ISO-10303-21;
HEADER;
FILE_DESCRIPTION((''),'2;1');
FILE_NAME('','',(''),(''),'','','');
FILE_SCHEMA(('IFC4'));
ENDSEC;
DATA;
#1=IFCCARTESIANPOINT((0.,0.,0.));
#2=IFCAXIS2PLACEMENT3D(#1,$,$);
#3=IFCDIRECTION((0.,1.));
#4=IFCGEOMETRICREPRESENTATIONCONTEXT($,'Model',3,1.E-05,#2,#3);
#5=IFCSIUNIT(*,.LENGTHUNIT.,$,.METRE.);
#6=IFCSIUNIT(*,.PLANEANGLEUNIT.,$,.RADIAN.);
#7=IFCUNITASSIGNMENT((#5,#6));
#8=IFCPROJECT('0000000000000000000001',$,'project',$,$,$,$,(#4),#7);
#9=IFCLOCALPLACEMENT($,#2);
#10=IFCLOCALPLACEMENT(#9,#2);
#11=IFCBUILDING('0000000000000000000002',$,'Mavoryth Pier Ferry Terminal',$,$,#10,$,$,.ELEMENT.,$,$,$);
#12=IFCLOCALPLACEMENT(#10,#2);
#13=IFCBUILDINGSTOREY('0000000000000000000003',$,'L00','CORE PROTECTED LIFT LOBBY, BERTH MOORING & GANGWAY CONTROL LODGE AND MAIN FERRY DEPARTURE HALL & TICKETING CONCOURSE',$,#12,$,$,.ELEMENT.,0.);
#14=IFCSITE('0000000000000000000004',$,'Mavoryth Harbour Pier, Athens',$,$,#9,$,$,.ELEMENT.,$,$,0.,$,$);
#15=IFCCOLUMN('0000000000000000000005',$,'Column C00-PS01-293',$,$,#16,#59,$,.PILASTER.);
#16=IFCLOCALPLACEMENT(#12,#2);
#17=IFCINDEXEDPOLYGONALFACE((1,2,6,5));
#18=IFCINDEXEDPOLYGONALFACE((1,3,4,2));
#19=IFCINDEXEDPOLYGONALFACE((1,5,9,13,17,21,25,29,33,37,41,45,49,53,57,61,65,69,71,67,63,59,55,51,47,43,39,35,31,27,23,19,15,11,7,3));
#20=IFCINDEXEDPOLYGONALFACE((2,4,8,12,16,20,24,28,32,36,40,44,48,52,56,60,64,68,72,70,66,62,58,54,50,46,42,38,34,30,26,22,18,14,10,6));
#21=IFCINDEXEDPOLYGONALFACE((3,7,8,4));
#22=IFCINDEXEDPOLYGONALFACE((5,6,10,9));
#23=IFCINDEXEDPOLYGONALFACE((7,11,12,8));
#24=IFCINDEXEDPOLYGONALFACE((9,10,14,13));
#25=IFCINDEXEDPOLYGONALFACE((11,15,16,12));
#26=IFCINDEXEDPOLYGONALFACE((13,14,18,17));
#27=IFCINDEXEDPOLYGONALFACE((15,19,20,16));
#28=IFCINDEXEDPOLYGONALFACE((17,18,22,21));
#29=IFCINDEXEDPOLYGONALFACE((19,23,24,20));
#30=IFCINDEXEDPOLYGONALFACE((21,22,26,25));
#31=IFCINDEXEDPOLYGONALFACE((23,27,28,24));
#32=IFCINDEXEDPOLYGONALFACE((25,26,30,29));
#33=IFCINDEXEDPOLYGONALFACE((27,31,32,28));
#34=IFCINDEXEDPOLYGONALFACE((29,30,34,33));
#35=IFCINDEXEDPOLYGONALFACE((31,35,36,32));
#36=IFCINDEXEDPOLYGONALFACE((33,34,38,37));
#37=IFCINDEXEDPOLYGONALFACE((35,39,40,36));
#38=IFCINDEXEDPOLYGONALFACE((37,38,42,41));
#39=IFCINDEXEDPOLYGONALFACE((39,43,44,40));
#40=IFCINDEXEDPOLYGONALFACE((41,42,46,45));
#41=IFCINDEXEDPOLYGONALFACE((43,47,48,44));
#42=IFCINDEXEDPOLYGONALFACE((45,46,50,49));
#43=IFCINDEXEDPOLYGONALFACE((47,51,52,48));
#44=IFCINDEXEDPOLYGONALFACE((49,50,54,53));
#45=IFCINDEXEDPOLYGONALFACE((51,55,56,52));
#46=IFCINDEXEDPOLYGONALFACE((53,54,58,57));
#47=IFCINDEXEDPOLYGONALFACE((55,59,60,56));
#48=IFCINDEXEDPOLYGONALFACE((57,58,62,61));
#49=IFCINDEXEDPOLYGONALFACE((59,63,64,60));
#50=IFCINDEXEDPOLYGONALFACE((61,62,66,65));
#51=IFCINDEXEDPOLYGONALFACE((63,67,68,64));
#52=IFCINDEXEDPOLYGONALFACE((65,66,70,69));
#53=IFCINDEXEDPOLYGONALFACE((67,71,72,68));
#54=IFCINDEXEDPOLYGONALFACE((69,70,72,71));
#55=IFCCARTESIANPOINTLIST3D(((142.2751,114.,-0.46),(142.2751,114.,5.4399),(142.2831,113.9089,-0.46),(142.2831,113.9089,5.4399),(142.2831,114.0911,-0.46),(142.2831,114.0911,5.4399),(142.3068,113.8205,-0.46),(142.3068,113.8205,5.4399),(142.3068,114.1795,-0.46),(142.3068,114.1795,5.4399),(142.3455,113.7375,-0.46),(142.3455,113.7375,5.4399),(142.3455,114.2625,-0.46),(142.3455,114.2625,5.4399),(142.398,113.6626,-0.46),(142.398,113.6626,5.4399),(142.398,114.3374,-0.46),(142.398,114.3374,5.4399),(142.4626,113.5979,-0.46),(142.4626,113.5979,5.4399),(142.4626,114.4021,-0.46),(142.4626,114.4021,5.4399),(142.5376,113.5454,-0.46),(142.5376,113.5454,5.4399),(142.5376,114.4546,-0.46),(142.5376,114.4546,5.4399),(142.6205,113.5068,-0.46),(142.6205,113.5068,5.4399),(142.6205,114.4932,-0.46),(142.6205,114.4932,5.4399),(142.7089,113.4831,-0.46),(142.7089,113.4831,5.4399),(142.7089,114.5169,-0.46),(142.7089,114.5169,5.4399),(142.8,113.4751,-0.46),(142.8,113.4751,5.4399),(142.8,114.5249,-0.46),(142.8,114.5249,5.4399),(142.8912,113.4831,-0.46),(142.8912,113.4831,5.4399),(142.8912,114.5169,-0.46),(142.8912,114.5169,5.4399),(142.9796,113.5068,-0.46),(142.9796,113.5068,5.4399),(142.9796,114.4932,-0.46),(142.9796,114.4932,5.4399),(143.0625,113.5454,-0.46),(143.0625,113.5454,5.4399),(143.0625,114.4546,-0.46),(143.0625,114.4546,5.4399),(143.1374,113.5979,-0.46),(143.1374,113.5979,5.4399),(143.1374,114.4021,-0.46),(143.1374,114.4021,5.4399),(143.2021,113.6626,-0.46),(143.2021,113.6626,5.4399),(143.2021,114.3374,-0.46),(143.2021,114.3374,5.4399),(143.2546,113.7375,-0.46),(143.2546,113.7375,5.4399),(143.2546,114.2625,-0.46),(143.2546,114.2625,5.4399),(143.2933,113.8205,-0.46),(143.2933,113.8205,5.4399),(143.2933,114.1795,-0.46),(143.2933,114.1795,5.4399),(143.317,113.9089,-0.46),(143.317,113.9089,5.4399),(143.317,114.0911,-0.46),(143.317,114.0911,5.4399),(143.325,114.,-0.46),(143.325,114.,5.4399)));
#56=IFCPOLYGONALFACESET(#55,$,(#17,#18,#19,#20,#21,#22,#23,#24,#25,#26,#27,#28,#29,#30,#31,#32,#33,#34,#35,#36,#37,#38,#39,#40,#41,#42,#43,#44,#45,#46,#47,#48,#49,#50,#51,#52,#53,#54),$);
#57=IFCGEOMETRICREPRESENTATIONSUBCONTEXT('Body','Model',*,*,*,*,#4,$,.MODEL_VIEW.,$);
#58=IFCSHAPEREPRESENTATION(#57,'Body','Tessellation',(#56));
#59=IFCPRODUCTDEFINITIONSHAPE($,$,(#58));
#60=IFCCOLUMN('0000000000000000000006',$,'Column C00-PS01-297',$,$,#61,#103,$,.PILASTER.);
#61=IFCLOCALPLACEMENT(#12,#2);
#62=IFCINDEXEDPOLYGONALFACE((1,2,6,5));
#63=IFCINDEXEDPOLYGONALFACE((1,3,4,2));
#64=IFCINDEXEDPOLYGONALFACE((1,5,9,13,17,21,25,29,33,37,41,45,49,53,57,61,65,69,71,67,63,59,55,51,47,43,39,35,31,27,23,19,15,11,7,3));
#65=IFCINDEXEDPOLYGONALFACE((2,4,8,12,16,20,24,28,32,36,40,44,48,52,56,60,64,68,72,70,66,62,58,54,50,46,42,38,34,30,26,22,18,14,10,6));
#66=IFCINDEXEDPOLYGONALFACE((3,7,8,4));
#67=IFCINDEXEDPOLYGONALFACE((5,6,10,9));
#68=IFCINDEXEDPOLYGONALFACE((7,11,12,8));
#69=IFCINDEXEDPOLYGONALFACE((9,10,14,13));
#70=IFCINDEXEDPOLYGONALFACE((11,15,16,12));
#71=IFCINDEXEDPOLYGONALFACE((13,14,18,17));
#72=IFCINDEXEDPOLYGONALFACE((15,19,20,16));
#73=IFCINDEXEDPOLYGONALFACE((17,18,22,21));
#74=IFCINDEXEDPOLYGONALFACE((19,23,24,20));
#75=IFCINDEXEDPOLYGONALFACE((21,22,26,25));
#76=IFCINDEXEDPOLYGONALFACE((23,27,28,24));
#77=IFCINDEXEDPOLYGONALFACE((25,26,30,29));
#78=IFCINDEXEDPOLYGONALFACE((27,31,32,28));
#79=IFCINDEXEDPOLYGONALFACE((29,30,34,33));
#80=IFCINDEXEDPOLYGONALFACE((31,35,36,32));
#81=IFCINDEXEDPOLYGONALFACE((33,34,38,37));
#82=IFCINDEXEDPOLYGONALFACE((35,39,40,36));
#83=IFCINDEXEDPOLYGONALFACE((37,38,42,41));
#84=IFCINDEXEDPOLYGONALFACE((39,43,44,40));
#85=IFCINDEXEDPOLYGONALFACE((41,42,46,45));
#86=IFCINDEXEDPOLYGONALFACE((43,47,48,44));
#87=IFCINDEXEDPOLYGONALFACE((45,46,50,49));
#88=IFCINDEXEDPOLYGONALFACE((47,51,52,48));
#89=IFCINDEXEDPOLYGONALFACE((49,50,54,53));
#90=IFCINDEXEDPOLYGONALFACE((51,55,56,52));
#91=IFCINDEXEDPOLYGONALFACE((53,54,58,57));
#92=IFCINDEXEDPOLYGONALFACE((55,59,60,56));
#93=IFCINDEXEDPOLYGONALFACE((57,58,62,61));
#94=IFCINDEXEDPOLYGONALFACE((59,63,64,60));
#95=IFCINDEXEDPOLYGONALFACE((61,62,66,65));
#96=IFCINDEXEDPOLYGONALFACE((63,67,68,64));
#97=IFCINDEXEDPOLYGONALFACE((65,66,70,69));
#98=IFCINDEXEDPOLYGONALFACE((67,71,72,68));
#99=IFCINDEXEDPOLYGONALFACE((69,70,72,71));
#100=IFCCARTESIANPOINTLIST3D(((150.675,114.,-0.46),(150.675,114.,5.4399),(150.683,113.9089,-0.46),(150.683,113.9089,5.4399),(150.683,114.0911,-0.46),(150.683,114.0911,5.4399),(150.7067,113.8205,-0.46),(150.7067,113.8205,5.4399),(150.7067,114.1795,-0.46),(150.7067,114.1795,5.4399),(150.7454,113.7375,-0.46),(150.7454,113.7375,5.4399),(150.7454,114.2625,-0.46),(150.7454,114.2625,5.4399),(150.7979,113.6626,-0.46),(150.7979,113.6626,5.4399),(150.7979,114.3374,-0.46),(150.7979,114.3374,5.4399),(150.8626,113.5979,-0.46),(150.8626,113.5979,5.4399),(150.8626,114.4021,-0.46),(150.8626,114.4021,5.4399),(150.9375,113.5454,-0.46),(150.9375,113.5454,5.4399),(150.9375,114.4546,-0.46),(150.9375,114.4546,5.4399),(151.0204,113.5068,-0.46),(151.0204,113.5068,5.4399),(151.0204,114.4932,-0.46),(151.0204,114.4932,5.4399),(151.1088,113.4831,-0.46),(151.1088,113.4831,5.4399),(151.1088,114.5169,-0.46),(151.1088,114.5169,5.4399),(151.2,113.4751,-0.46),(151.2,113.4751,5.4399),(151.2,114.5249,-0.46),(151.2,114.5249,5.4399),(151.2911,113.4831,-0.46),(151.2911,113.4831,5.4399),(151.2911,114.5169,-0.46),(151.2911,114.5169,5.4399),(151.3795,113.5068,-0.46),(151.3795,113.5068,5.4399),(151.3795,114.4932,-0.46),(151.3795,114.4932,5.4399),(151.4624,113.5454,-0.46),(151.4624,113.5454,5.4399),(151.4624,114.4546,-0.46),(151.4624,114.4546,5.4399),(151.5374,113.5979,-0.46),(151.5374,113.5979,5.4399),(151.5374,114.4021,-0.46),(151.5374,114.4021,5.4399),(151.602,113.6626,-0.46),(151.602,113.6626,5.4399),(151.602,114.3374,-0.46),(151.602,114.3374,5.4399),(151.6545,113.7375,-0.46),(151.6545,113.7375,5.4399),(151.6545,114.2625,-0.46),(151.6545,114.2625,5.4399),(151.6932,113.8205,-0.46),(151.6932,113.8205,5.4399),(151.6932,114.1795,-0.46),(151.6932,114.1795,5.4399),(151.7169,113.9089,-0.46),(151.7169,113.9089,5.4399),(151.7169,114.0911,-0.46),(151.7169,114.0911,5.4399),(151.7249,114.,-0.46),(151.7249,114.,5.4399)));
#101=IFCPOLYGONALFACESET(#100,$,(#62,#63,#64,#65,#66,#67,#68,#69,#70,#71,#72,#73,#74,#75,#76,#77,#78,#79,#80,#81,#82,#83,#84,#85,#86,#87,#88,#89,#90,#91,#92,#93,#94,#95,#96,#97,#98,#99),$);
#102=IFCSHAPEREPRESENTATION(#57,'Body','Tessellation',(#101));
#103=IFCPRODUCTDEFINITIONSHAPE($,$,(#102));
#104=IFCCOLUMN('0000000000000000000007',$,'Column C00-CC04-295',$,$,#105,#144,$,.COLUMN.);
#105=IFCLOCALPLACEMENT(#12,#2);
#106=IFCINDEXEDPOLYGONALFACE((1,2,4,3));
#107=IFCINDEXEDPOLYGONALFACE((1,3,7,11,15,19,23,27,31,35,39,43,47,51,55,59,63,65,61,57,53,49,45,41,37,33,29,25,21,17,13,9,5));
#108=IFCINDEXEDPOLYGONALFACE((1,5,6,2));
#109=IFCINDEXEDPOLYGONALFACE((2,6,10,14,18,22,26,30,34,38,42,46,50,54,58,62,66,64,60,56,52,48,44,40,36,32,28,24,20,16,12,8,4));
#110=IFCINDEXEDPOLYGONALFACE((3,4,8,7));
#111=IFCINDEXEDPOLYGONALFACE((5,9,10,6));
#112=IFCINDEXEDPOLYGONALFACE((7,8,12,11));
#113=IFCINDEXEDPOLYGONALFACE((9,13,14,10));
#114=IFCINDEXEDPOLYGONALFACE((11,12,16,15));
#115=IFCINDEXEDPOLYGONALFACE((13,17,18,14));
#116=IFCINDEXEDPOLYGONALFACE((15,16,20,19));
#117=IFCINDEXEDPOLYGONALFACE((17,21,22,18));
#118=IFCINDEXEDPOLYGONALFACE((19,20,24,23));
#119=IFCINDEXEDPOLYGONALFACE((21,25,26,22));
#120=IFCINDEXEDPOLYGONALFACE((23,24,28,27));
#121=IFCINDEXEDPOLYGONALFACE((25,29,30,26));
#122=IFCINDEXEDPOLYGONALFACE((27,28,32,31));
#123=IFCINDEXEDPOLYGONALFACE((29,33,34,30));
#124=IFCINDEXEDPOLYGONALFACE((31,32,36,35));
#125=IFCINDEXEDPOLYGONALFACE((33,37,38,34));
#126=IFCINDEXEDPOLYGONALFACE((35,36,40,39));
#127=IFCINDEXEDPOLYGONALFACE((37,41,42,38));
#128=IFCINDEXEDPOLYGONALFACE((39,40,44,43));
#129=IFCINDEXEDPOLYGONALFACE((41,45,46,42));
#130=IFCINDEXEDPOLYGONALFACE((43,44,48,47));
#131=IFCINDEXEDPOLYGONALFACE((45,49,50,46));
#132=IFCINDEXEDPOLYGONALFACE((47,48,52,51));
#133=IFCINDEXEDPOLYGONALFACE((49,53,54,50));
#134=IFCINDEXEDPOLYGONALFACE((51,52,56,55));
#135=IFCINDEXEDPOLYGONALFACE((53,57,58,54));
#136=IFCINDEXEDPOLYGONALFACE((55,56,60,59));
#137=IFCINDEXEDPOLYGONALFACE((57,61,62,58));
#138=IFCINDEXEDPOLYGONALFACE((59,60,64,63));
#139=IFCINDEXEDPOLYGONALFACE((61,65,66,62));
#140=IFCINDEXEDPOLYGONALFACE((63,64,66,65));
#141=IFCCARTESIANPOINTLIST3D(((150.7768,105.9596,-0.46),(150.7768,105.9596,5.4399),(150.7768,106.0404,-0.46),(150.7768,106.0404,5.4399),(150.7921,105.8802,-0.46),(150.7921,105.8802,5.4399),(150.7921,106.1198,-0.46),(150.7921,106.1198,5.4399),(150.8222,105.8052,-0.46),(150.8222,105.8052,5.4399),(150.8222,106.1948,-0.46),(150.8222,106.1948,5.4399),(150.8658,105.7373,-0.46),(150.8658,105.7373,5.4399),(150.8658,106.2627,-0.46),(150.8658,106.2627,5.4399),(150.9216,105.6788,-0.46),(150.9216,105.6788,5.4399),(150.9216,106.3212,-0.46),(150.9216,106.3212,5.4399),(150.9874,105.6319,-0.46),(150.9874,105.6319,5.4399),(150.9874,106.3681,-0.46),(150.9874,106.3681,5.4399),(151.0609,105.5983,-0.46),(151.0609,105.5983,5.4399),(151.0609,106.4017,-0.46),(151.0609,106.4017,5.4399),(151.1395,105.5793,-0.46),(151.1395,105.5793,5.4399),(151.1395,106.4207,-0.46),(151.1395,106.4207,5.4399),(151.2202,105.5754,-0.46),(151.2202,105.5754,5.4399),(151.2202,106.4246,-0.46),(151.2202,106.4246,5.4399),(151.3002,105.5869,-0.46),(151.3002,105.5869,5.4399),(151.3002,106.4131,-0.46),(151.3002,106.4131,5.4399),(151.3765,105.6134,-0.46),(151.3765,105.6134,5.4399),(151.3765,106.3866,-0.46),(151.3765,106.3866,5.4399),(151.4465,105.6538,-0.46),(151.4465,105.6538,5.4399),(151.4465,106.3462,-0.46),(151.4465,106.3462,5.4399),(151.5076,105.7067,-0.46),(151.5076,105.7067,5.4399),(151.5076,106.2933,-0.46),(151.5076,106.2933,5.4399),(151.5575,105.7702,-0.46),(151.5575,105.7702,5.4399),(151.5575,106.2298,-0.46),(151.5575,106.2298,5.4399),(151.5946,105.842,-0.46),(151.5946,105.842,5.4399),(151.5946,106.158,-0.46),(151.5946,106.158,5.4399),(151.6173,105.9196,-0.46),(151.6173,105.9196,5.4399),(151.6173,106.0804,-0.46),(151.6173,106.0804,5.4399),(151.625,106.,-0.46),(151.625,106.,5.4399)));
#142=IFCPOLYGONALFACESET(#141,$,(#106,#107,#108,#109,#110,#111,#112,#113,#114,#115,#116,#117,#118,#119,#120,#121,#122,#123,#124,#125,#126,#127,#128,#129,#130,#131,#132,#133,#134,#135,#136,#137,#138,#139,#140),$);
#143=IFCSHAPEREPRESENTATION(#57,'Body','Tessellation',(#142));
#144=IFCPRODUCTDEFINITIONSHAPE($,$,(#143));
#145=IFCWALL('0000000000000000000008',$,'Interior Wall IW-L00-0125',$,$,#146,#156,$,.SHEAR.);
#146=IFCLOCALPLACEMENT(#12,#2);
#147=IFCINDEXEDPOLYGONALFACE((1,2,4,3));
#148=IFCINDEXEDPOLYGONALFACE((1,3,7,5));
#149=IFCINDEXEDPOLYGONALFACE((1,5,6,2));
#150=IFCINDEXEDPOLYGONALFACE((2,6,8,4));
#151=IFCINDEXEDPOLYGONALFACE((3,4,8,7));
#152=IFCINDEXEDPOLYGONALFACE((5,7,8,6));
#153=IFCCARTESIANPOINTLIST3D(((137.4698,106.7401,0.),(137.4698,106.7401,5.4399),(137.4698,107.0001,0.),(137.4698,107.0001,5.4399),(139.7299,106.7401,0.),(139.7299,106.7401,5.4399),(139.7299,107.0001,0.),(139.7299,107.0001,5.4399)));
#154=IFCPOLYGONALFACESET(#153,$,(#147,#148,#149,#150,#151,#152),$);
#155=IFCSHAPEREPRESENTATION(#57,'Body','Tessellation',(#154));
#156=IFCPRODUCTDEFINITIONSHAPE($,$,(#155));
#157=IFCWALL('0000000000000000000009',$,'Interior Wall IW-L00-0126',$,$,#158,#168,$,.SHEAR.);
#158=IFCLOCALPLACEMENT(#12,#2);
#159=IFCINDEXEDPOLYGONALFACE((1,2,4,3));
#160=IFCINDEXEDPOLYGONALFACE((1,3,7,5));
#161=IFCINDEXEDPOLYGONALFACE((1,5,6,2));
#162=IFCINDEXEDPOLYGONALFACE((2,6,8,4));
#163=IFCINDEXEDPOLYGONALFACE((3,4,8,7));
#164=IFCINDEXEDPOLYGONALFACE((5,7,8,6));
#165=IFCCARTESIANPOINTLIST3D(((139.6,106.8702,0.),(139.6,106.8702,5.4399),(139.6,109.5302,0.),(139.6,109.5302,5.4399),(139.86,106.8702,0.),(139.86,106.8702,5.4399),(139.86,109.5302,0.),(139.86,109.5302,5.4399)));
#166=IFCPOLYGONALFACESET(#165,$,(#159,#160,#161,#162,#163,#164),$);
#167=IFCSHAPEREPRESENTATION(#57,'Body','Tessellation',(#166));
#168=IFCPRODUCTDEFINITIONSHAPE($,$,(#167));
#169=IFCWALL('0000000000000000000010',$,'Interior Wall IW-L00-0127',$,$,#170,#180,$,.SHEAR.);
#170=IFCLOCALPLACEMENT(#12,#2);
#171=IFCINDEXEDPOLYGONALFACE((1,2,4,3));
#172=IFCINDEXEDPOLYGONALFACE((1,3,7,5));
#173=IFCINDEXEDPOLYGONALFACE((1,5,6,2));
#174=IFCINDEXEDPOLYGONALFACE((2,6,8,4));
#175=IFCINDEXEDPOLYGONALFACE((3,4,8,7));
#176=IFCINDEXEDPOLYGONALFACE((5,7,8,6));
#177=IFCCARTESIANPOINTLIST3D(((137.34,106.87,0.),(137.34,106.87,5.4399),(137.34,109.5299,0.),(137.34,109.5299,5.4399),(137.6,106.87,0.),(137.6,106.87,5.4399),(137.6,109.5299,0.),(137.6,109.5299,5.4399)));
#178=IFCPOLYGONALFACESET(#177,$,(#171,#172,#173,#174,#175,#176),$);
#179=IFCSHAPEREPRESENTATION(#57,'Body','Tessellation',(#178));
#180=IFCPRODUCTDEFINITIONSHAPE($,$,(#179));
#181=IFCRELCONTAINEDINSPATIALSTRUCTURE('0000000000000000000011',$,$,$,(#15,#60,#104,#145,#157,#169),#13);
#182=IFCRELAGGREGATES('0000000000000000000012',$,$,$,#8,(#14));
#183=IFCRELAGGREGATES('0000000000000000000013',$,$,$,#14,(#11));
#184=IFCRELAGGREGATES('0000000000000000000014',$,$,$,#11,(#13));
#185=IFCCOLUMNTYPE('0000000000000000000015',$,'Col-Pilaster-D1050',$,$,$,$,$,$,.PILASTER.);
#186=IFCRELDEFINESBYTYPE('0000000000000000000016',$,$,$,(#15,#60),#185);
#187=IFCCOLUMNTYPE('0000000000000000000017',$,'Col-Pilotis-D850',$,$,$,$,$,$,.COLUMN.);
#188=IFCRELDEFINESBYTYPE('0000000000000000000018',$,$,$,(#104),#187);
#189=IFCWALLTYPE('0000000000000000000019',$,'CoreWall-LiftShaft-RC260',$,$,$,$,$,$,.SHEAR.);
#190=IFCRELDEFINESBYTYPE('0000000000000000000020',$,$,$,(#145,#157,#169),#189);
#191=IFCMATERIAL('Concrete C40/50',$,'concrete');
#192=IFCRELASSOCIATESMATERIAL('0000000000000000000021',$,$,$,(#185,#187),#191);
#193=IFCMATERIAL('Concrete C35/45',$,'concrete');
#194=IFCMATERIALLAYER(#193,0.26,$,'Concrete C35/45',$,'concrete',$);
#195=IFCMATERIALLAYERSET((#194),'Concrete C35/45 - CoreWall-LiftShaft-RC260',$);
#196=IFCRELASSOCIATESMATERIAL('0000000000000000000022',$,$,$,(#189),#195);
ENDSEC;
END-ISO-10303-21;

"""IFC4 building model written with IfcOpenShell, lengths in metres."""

from ifc_helpers import new_model, si_unit, direction, frame, frame_2d, origin, origin_2d, place, context, subcontext, project, spatial, rectangle, circle, extrude, material, layer, layer_set, material_profile, profile_set, type_object, element, save


model = new_model("IFC4")

# Units and contexts
model_context = context("Model", 3, precision=1e-05, world=origin(), true_north=direction((0.0, 1.0)))
body_context = subcontext(model_context, "Body", "Model", "MODEL_VIEW")
ifc_project = project(units=[si_unit("LENGTHUNIT", "METRE"), si_unit("PLANEANGLEUNIT", "RADIAN")], contexts=[model_context])

# Site, building, storey
site_placement = place(None, origin())
site = spatial("IfcSite", under=ifc_project, at=site_placement, Name="Mavoryth Harbour Pier, Athens", CompositionType="ELEMENT", RefElevation=0.0)
building_placement = place(site_placement, origin())
building = spatial("IfcBuilding", under=site, at=building_placement, Name="Mavoryth Pier Ferry Terminal", CompositionType="ELEMENT")
storey_placement = place(building_placement, origin())
storey = spatial("IfcBuildingStorey", under=building, at=storey_placement, Name="L00", Description="CORE PROTECTED LIFT LOBBY, BERTH MOORING & GANGWAY CONTROL LODGE AND MAIN FERRY DEPARTURE HALL & TICKETING CONCOURSE", CompositionType="ELEMENT", Elevation=0.0)

# Shared definitions
ifc_material_1 = material(Name="Concrete C35/45", Category="concrete")

# Columns
ifc_material_2 = material(Name="Concrete C40/50", Category="concrete")
ifc_material_profile_1 = material_profile(ifc_material_2, circle(Radius=0.5249, at=origin_2d()), Name="RC D1050", Category="concrete")
ifc_profile_set_1 = profile_set([ifc_material_profile_1], Name="Concrete C40/50 - RC D1050")
column_type_1 = type_object("IfcColumnType", Name="Col-Pilaster-D1050", PredefinedType="PILASTER", material=ifc_profile_set_1)
for number, where, z_axis, x_axis, name in (
    (1, (142.8, 114.0, -0.46), (0.0, 0.0, 1.0), (1.0, 0.0, 0.0), "Column C00-PS01-293"),
    (2, (151.2, 114.0, -0.46), (0.0, 0.0, 1.0), (1.0, 0.0, 0.0), "Column C00-PS01-297"),
):
    element("IfcColumn", number, at=place(storey_placement, frame(where, z_axis=z_axis, x_axis=x_axis)), inside=storey, type_object=column_type_1, Name=name, PredefinedType="PILASTER", context=body_context, shape_type="SweptSolid", body=[
        extrude(circle(Radius=0.5249, at=origin_2d()), origin(), (0.0, 0.0, 1.0), 5.8999),
    ])
ifc_material_profile_2 = material_profile(ifc_material_2, circle(Radius=0.425, at=origin_2d()), Name="RC D850", Category="concrete")
ifc_profile_set_2 = profile_set([ifc_material_profile_2], Name="Concrete C40/50 - RC D850")
column_type_2 = type_object("IfcColumnType", Name="Col-Pilotis-D850", PredefinedType="COLUMN", material=ifc_profile_set_2)
column_placement = place(storey_placement, frame((151.2, 106.0, -0.46), z_axis=(0.0, 0.0, 1.0), x_axis=(1.0, 0.0, 0.0)))
element("IfcColumn", 3, at=column_placement, inside=storey, type_object=column_type_2, Name="Column C00-CC04-295", PredefinedType="COLUMN", context=body_context, shape_type="SweptSolid", body=[
    extrude(circle(Radius=0.425, at=origin_2d()), origin(), (0.0, 0.0, 1.0), 5.8999),
])

# Walls
ifc_layer_1 = layer(ifc_material_1, 0.26, Name="Concrete C35/45", Category="concrete")
ifc_layer_set_1 = layer_set([ifc_layer_1], Name="Concrete C35/45 - CoreWall-LiftShaft-RC260")
wall_type_1 = type_object("IfcWallType", Name="CoreWall-LiftShaft-RC260", PredefinedType="SHEAR", material=ifc_layer_set_1)
wall_1_placement = place(storey_placement, frame((137.47, 106.8701, 0.0), z_axis=(0.0, 0.0, 1.0), x_axis=(1.0, 0.0, 0.0)))
element("IfcWall", 4, at=wall_1_placement, inside=storey, type_object=wall_type_1, Name="Interior Wall IW-L00-0125", PredefinedType="SHEAR", context=body_context, shape_type="SweptSolid", body=[
    extrude(rectangle(XDim=2.26, YDim=0.26, at=frame_2d((1.1299, 0.0))), origin(), (0.0, 0.0, 1.0), 5.4399),
])
for number, where, z_axis, x_axis, name in (
    (5, (139.73, 106.8701, 0.0), (0.0, 0.0, 1.0), (0.0, 1.0, 0.0), "Interior Wall IW-L00-0126"),
    (6, (137.47, 109.53, 0.0), (0.0, 0.0, 1.0), (0.0, -1.0, 0.0), "Interior Wall IW-L00-0127"),
):
    element("IfcWall", number, at=place(storey_placement, frame(where, z_axis=z_axis, x_axis=x_axis)), inside=storey, type_object=wall_type_1, Name=name, PredefinedType="SHEAR", context=body_context, shape_type="SweptSolid", body=[
        extrude(rectangle(XDim=2.6599, YDim=0.26, at=frame_2d((1.3301, 0.0))), origin(), (0.0, 0.0, 1.0), 5.4399),
    ])

save(model, "model.ifc")
